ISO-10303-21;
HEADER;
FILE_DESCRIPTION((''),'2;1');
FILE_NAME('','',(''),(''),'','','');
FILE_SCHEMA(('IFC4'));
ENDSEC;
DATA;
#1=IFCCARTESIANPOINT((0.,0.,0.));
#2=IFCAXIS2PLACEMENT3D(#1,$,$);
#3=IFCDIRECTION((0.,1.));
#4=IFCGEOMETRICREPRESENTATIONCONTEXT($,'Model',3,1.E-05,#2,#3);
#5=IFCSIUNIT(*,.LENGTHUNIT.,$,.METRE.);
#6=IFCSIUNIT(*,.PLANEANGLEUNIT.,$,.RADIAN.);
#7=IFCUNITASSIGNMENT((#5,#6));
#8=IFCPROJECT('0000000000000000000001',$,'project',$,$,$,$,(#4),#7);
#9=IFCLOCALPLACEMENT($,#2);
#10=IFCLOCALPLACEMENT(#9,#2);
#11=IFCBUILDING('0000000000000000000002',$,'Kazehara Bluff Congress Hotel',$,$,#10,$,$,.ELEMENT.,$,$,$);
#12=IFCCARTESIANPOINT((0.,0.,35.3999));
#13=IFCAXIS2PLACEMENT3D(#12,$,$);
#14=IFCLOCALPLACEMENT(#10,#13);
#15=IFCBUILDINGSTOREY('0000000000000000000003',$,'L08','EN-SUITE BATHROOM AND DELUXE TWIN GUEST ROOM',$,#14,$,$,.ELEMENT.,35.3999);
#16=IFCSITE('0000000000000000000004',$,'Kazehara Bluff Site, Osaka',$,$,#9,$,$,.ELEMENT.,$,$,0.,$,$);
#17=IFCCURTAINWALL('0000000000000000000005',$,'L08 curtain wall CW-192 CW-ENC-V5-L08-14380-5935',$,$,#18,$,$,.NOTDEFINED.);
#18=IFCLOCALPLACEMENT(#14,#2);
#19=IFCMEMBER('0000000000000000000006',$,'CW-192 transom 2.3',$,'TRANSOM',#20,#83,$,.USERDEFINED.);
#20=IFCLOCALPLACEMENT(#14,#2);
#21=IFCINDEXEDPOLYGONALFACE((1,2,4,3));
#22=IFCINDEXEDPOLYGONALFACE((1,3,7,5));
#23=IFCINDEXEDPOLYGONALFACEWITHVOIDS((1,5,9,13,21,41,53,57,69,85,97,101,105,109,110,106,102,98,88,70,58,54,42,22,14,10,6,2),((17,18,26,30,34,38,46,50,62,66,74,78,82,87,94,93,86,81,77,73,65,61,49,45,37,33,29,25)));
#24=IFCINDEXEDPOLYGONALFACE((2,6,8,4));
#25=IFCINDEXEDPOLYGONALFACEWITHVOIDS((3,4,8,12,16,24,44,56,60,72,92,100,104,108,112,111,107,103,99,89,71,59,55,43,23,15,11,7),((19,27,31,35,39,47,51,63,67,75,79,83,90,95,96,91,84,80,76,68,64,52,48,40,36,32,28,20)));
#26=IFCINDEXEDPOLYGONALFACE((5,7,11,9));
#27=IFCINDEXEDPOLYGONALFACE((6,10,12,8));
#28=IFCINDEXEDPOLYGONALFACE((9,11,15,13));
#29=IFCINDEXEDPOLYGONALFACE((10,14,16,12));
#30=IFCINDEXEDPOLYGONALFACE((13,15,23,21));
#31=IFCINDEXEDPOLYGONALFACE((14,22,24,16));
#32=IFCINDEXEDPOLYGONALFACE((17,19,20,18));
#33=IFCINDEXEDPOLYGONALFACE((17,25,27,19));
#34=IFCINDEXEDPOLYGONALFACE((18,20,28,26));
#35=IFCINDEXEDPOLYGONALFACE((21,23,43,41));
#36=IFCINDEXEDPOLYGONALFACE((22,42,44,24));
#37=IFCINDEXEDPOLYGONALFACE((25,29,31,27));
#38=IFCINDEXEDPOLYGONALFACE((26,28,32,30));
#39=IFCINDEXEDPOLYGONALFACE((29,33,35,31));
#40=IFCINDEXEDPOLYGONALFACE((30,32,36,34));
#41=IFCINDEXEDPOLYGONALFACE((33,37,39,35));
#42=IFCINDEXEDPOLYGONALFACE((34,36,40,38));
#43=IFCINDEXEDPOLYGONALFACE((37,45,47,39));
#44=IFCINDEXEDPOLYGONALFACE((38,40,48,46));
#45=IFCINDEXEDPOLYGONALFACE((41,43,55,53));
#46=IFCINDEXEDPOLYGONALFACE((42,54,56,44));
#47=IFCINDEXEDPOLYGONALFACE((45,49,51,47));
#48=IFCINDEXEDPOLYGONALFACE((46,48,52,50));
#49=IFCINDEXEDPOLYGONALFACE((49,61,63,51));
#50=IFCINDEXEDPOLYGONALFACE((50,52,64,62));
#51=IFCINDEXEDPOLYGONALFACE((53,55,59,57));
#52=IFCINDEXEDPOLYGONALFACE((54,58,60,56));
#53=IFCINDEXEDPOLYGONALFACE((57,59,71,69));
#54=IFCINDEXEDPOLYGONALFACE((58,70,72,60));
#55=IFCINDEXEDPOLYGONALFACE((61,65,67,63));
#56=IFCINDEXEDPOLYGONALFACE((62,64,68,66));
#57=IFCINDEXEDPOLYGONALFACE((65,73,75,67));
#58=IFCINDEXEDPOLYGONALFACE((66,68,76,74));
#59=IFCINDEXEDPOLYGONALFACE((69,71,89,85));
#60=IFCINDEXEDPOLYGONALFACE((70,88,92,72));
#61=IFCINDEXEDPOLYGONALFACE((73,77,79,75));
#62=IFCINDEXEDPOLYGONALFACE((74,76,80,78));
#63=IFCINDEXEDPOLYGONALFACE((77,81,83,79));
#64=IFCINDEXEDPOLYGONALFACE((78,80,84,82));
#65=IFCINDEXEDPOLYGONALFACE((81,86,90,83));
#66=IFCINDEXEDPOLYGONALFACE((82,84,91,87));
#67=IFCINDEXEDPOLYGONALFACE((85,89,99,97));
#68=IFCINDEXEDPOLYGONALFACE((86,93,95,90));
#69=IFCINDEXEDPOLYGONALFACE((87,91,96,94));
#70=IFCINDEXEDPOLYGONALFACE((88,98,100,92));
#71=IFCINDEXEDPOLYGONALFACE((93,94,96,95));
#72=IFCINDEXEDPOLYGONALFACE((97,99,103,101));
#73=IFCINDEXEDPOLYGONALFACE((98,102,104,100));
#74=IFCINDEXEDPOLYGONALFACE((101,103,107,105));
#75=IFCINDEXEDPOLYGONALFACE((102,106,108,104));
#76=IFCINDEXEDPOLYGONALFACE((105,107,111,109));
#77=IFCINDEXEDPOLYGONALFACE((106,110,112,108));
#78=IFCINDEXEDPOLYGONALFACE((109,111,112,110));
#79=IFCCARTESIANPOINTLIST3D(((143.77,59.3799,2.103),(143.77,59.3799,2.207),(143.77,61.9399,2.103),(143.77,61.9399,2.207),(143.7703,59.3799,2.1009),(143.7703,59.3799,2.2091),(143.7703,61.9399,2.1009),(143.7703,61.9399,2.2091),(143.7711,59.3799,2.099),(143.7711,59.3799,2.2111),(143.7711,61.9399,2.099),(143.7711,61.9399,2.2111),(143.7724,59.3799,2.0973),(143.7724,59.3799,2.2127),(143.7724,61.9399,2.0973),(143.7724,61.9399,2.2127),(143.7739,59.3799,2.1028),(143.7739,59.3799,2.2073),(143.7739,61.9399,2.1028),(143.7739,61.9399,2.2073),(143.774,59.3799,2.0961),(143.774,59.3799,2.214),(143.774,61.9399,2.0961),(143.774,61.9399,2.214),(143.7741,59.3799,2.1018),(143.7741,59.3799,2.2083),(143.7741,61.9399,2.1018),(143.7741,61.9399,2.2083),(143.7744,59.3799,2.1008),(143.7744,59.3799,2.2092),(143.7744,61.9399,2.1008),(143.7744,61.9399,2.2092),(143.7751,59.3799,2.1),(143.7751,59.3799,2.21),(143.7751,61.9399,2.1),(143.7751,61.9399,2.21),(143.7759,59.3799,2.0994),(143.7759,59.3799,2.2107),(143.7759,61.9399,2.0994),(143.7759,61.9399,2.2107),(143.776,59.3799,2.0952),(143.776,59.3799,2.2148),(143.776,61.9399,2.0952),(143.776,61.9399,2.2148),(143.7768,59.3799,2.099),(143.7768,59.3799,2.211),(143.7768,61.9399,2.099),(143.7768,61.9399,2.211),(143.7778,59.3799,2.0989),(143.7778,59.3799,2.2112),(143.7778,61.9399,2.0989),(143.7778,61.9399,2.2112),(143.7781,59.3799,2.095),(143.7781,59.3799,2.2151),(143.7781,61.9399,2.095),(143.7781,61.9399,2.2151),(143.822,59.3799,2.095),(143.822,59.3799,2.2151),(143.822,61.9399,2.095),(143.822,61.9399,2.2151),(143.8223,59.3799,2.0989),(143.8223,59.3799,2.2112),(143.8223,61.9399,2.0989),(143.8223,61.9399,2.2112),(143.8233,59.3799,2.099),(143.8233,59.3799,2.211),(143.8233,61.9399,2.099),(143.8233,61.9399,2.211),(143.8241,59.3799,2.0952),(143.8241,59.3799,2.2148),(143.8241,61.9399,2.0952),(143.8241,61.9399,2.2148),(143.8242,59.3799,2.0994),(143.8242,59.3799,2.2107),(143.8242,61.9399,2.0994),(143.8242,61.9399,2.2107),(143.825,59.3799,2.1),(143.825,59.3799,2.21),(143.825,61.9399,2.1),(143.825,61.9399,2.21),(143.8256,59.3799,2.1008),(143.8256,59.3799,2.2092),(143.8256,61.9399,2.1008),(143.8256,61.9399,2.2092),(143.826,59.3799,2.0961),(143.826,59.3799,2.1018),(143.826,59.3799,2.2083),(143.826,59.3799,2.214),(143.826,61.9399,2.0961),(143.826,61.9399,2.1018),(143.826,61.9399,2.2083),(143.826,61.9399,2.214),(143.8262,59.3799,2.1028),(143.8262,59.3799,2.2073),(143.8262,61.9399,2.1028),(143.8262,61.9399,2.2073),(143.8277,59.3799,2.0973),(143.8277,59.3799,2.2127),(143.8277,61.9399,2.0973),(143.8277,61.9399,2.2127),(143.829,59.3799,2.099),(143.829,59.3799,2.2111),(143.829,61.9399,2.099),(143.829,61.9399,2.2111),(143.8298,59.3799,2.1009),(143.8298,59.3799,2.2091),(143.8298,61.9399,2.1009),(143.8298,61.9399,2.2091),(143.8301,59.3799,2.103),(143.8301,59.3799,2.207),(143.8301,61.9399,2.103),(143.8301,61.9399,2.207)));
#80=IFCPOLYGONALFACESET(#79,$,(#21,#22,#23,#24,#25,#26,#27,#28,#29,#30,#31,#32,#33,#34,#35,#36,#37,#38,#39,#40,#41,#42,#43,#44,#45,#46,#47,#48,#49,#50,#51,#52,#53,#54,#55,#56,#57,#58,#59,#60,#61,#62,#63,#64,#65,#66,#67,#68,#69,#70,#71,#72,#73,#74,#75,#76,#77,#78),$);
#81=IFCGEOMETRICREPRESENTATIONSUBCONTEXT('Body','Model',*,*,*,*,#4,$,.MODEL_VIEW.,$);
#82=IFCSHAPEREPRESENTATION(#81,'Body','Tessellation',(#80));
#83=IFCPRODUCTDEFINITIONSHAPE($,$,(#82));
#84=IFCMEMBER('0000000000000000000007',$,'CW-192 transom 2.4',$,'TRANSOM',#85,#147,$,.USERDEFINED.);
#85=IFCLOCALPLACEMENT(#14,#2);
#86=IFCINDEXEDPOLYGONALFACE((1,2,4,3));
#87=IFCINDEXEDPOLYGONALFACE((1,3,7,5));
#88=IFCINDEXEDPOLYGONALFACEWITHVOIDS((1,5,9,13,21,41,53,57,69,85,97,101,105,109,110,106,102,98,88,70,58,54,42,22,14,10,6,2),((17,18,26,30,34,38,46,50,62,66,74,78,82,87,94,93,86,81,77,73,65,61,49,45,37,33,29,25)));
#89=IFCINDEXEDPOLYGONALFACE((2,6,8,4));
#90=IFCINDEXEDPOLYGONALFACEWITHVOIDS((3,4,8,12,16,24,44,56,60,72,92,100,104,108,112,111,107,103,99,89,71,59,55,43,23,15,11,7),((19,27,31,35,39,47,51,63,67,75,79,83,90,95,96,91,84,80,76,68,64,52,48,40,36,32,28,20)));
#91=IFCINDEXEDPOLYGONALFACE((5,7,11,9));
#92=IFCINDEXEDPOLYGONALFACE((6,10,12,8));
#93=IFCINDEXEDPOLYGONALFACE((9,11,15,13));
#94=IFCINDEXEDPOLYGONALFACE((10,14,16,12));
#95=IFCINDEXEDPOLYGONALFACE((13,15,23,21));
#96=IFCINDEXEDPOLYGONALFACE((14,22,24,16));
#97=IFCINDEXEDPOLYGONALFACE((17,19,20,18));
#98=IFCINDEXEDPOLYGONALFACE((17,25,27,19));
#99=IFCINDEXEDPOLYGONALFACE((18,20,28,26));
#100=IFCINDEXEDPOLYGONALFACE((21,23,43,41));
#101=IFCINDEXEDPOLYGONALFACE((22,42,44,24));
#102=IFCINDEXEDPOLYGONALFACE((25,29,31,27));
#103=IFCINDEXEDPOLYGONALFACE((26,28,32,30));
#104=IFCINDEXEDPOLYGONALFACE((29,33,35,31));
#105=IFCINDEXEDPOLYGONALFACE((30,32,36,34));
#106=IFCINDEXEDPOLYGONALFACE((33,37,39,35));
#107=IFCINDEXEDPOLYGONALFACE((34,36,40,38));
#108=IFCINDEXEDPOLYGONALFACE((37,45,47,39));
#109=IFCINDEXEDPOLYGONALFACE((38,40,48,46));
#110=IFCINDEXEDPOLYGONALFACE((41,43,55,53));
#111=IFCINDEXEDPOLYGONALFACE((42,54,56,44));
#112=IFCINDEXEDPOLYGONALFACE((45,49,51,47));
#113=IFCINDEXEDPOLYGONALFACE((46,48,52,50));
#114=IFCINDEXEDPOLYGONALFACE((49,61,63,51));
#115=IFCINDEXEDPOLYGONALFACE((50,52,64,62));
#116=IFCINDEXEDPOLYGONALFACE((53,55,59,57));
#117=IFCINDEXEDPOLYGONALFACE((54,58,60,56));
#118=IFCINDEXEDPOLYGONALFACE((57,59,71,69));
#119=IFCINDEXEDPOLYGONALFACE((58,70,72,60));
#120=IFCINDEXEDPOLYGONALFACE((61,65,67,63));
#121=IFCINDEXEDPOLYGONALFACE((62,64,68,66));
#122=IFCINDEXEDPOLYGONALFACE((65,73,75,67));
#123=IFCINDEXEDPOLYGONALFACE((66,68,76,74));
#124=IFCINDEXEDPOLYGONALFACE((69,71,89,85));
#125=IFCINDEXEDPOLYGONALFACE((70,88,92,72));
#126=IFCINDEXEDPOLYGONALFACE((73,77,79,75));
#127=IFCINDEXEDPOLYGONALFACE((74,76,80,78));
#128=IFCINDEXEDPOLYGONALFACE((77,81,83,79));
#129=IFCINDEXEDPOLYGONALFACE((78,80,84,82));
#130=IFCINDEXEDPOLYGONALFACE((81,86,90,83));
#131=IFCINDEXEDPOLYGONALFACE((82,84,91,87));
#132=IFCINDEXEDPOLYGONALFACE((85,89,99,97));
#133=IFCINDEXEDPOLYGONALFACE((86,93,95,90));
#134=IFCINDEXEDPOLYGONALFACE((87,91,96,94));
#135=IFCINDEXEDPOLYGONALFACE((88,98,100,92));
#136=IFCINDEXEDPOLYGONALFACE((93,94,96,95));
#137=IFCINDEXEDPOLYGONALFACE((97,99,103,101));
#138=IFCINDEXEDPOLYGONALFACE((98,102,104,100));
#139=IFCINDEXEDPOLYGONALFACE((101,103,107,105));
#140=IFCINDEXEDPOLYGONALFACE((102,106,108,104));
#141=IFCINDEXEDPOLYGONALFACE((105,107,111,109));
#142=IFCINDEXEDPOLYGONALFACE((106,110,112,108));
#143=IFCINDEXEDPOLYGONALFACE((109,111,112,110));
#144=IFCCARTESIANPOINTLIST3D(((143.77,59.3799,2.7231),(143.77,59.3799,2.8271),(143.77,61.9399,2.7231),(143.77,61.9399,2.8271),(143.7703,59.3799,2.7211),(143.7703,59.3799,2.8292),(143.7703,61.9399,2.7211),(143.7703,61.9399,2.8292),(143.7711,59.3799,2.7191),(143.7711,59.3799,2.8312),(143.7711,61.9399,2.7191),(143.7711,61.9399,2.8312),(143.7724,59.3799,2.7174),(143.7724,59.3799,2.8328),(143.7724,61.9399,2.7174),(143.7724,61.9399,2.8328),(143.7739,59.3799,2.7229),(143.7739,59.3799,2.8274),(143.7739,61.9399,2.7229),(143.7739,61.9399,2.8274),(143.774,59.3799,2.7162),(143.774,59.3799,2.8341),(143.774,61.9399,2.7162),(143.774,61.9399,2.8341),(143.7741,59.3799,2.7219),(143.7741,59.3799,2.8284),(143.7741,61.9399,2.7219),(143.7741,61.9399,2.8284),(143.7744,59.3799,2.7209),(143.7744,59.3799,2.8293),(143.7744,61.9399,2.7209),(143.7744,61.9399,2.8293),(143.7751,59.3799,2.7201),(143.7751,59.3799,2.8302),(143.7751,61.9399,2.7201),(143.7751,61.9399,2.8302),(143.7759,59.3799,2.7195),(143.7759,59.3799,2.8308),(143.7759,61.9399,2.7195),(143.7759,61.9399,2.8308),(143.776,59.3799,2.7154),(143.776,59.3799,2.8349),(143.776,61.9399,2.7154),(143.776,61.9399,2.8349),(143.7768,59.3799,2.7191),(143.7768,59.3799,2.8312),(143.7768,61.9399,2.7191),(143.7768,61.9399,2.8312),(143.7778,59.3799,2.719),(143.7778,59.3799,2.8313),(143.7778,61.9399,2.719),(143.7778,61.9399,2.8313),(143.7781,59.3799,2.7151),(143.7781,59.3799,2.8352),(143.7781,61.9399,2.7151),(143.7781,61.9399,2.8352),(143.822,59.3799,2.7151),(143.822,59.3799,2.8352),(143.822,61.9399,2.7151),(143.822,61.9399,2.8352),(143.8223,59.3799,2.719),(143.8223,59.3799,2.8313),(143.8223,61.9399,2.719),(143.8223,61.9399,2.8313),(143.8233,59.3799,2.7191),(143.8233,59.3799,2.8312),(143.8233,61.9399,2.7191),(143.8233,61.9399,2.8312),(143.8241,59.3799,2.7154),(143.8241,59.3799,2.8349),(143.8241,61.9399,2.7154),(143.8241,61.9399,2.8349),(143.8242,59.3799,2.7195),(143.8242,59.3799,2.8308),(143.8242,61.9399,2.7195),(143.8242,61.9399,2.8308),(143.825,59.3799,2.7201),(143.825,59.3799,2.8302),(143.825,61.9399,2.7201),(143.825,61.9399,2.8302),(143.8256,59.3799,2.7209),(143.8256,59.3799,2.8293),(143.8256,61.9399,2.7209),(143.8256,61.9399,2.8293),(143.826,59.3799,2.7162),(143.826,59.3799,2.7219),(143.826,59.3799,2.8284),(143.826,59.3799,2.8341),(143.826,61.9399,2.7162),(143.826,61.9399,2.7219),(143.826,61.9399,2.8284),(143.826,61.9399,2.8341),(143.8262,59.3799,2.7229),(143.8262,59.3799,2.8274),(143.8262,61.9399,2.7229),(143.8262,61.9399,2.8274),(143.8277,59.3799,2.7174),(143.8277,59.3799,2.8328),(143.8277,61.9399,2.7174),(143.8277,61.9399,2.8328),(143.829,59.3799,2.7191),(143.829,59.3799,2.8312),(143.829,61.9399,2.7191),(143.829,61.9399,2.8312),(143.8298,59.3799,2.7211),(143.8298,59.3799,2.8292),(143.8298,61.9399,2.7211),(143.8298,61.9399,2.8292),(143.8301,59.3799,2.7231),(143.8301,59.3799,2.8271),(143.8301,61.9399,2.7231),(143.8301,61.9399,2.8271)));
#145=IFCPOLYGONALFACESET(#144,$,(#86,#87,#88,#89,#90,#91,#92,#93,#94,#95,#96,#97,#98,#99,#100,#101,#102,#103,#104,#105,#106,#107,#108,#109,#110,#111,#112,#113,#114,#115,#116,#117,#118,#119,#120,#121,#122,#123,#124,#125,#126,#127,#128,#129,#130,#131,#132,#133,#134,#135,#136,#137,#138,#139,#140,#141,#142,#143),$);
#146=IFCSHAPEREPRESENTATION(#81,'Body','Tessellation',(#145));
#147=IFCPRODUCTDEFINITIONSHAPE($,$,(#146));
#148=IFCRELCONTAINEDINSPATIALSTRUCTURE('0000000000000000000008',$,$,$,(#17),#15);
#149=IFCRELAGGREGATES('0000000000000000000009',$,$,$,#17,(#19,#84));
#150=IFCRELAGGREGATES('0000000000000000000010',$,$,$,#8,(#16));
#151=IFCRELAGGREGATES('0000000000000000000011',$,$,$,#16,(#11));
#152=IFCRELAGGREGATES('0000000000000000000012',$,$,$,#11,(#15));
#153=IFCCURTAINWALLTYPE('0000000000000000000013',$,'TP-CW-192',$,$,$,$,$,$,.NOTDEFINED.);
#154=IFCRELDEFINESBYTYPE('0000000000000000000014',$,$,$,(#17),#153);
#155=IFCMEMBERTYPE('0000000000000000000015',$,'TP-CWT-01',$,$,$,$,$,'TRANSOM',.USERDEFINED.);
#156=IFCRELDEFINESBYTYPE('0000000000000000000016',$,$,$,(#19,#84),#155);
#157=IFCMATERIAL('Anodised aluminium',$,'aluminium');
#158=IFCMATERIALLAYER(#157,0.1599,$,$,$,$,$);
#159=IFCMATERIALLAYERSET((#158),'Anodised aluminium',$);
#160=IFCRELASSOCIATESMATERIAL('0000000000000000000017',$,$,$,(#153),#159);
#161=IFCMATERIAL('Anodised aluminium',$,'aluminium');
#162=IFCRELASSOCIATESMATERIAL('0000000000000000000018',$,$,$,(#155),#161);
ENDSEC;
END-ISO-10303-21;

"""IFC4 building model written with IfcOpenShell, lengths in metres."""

from ifc_helpers import new_model, si_unit, direction, frame, origin, origin_2d, place, context, subcontext, project, spatial, hollow_rectangle, extrude, material, layer, layer_set, material_profile, profile_set, type_object, element, aggregate, save


model = new_model("IFC4")

# Units and contexts
model_context = context("Model", 3, precision=1e-05, world=origin(), true_north=direction((0.0, 1.0)))
body_context = subcontext(model_context, "Body", "Model", "MODEL_VIEW")
ifc_project = project(units=[si_unit("LENGTHUNIT", "METRE"), si_unit("PLANEANGLEUNIT", "RADIAN")], contexts=[model_context])

# Site, building, storey
site_placement = place(None, origin())
site = spatial("IfcSite", under=ifc_project, at=site_placement, Name="Kazehara Bluff Site, Osaka", CompositionType="ELEMENT", RefElevation=0.0)
building_placement = place(site_placement, origin())
building = spatial("IfcBuilding", under=site, at=building_placement, Name="Kazehara Bluff Congress Hotel", CompositionType="ELEMENT")
storey_placement = place(building_placement, frame((0.0, 0.0, 35.3999)))
storey = spatial("IfcBuildingStorey", under=building, at=storey_placement, Name="L08", Description="EN-SUITE BATHROOM AND DELUXE TWIN GUEST ROOM", CompositionType="ELEMENT", Elevation=35.3999)

# Curtain wall
ifc_material_1 = material(Name="Anodised aluminium", Category="aluminium")
ifc_layer_1 = layer(ifc_material_1, 0.1599)
ifc_layer_set_1 = layer_set([ifc_layer_1], Name="Anodised aluminium")
curtain_wall_type_1 = type_object("IfcCurtainWallType", Name="TP-CW-192", PredefinedType="NOTDEFINED", material=ifc_layer_set_1)
curtain_wall_1_placement = place(storey_placement, origin())
curtain_wall_1 = element("IfcCurtainWall", 1, at=curtain_wall_1_placement, inside=storey, type_object=curtain_wall_type_1, Name="L08 curtain wall CW-192 CW-ENC-V5-L08-14380-5935", PredefinedType="NOTDEFINED")

# Members
ifc_material_2 = material(Name="Anodised aluminium", Category="aluminium")
ifc_material_profile_1 = material_profile(ifc_material_2, hollow_rectangle(XDim=0.0601, YDim=0.1201, WallThickness=0.0039, InnerFilletRadius=0.0039, OuterFilletRadius=0.0081, at=origin_2d()))
ifc_profile_set_1 = profile_set([ifc_material_profile_1], Name="Anodised aluminium")
member_type_1 = type_object("IfcMemberType", Name="TP-CWT-01", ElementType="TRANSOM", PredefinedType="USERDEFINED", material=ifc_profile_set_1)
member_1_placement = place(storey_placement, frame((143.8, 59.3799, 2.155), z_axis=(0.0, 1.0, 0.0), x_axis=(-1.0, 0.0, 0.0)))
member_1 = element("IfcMember", 2, at=member_1_placement, type_object=member_type_1, Name="CW-192 transom 2.3", ObjectType="TRANSOM", PredefinedType="USERDEFINED", context=body_context, shape_type="SweptSolid", body=[
    extrude(hollow_rectangle(XDim=0.0601, YDim=0.1201, WallThickness=0.0039, InnerFilletRadius=0.0039, OuterFilletRadius=0.0081, at=origin_2d()), origin(), (0.0, 0.0, 1.0), 2.5601),
])
member_2_placement = place(storey_placement, frame((143.8, 59.3799, 2.7751), z_axis=(0.0, 1.0, 0.0), x_axis=(-1.0, 0.0, 0.0)))
member_2 = element("IfcMember", 3, at=member_2_placement, type_object=member_type_1, Name="CW-192 transom 2.4", ObjectType="TRANSOM", PredefinedType="USERDEFINED", context=body_context, shape_type="SweptSolid", body=[
    extrude(hollow_rectangle(XDim=0.0601, YDim=0.1201, WallThickness=0.0039, InnerFilletRadius=0.0039, OuterFilletRadius=0.0081, at=origin_2d()), origin(), (0.0, 0.0, 1.0), 2.5601),
])

aggregate(curtain_wall_1, [member_1, member_2])

save(model, "model.ifc")
